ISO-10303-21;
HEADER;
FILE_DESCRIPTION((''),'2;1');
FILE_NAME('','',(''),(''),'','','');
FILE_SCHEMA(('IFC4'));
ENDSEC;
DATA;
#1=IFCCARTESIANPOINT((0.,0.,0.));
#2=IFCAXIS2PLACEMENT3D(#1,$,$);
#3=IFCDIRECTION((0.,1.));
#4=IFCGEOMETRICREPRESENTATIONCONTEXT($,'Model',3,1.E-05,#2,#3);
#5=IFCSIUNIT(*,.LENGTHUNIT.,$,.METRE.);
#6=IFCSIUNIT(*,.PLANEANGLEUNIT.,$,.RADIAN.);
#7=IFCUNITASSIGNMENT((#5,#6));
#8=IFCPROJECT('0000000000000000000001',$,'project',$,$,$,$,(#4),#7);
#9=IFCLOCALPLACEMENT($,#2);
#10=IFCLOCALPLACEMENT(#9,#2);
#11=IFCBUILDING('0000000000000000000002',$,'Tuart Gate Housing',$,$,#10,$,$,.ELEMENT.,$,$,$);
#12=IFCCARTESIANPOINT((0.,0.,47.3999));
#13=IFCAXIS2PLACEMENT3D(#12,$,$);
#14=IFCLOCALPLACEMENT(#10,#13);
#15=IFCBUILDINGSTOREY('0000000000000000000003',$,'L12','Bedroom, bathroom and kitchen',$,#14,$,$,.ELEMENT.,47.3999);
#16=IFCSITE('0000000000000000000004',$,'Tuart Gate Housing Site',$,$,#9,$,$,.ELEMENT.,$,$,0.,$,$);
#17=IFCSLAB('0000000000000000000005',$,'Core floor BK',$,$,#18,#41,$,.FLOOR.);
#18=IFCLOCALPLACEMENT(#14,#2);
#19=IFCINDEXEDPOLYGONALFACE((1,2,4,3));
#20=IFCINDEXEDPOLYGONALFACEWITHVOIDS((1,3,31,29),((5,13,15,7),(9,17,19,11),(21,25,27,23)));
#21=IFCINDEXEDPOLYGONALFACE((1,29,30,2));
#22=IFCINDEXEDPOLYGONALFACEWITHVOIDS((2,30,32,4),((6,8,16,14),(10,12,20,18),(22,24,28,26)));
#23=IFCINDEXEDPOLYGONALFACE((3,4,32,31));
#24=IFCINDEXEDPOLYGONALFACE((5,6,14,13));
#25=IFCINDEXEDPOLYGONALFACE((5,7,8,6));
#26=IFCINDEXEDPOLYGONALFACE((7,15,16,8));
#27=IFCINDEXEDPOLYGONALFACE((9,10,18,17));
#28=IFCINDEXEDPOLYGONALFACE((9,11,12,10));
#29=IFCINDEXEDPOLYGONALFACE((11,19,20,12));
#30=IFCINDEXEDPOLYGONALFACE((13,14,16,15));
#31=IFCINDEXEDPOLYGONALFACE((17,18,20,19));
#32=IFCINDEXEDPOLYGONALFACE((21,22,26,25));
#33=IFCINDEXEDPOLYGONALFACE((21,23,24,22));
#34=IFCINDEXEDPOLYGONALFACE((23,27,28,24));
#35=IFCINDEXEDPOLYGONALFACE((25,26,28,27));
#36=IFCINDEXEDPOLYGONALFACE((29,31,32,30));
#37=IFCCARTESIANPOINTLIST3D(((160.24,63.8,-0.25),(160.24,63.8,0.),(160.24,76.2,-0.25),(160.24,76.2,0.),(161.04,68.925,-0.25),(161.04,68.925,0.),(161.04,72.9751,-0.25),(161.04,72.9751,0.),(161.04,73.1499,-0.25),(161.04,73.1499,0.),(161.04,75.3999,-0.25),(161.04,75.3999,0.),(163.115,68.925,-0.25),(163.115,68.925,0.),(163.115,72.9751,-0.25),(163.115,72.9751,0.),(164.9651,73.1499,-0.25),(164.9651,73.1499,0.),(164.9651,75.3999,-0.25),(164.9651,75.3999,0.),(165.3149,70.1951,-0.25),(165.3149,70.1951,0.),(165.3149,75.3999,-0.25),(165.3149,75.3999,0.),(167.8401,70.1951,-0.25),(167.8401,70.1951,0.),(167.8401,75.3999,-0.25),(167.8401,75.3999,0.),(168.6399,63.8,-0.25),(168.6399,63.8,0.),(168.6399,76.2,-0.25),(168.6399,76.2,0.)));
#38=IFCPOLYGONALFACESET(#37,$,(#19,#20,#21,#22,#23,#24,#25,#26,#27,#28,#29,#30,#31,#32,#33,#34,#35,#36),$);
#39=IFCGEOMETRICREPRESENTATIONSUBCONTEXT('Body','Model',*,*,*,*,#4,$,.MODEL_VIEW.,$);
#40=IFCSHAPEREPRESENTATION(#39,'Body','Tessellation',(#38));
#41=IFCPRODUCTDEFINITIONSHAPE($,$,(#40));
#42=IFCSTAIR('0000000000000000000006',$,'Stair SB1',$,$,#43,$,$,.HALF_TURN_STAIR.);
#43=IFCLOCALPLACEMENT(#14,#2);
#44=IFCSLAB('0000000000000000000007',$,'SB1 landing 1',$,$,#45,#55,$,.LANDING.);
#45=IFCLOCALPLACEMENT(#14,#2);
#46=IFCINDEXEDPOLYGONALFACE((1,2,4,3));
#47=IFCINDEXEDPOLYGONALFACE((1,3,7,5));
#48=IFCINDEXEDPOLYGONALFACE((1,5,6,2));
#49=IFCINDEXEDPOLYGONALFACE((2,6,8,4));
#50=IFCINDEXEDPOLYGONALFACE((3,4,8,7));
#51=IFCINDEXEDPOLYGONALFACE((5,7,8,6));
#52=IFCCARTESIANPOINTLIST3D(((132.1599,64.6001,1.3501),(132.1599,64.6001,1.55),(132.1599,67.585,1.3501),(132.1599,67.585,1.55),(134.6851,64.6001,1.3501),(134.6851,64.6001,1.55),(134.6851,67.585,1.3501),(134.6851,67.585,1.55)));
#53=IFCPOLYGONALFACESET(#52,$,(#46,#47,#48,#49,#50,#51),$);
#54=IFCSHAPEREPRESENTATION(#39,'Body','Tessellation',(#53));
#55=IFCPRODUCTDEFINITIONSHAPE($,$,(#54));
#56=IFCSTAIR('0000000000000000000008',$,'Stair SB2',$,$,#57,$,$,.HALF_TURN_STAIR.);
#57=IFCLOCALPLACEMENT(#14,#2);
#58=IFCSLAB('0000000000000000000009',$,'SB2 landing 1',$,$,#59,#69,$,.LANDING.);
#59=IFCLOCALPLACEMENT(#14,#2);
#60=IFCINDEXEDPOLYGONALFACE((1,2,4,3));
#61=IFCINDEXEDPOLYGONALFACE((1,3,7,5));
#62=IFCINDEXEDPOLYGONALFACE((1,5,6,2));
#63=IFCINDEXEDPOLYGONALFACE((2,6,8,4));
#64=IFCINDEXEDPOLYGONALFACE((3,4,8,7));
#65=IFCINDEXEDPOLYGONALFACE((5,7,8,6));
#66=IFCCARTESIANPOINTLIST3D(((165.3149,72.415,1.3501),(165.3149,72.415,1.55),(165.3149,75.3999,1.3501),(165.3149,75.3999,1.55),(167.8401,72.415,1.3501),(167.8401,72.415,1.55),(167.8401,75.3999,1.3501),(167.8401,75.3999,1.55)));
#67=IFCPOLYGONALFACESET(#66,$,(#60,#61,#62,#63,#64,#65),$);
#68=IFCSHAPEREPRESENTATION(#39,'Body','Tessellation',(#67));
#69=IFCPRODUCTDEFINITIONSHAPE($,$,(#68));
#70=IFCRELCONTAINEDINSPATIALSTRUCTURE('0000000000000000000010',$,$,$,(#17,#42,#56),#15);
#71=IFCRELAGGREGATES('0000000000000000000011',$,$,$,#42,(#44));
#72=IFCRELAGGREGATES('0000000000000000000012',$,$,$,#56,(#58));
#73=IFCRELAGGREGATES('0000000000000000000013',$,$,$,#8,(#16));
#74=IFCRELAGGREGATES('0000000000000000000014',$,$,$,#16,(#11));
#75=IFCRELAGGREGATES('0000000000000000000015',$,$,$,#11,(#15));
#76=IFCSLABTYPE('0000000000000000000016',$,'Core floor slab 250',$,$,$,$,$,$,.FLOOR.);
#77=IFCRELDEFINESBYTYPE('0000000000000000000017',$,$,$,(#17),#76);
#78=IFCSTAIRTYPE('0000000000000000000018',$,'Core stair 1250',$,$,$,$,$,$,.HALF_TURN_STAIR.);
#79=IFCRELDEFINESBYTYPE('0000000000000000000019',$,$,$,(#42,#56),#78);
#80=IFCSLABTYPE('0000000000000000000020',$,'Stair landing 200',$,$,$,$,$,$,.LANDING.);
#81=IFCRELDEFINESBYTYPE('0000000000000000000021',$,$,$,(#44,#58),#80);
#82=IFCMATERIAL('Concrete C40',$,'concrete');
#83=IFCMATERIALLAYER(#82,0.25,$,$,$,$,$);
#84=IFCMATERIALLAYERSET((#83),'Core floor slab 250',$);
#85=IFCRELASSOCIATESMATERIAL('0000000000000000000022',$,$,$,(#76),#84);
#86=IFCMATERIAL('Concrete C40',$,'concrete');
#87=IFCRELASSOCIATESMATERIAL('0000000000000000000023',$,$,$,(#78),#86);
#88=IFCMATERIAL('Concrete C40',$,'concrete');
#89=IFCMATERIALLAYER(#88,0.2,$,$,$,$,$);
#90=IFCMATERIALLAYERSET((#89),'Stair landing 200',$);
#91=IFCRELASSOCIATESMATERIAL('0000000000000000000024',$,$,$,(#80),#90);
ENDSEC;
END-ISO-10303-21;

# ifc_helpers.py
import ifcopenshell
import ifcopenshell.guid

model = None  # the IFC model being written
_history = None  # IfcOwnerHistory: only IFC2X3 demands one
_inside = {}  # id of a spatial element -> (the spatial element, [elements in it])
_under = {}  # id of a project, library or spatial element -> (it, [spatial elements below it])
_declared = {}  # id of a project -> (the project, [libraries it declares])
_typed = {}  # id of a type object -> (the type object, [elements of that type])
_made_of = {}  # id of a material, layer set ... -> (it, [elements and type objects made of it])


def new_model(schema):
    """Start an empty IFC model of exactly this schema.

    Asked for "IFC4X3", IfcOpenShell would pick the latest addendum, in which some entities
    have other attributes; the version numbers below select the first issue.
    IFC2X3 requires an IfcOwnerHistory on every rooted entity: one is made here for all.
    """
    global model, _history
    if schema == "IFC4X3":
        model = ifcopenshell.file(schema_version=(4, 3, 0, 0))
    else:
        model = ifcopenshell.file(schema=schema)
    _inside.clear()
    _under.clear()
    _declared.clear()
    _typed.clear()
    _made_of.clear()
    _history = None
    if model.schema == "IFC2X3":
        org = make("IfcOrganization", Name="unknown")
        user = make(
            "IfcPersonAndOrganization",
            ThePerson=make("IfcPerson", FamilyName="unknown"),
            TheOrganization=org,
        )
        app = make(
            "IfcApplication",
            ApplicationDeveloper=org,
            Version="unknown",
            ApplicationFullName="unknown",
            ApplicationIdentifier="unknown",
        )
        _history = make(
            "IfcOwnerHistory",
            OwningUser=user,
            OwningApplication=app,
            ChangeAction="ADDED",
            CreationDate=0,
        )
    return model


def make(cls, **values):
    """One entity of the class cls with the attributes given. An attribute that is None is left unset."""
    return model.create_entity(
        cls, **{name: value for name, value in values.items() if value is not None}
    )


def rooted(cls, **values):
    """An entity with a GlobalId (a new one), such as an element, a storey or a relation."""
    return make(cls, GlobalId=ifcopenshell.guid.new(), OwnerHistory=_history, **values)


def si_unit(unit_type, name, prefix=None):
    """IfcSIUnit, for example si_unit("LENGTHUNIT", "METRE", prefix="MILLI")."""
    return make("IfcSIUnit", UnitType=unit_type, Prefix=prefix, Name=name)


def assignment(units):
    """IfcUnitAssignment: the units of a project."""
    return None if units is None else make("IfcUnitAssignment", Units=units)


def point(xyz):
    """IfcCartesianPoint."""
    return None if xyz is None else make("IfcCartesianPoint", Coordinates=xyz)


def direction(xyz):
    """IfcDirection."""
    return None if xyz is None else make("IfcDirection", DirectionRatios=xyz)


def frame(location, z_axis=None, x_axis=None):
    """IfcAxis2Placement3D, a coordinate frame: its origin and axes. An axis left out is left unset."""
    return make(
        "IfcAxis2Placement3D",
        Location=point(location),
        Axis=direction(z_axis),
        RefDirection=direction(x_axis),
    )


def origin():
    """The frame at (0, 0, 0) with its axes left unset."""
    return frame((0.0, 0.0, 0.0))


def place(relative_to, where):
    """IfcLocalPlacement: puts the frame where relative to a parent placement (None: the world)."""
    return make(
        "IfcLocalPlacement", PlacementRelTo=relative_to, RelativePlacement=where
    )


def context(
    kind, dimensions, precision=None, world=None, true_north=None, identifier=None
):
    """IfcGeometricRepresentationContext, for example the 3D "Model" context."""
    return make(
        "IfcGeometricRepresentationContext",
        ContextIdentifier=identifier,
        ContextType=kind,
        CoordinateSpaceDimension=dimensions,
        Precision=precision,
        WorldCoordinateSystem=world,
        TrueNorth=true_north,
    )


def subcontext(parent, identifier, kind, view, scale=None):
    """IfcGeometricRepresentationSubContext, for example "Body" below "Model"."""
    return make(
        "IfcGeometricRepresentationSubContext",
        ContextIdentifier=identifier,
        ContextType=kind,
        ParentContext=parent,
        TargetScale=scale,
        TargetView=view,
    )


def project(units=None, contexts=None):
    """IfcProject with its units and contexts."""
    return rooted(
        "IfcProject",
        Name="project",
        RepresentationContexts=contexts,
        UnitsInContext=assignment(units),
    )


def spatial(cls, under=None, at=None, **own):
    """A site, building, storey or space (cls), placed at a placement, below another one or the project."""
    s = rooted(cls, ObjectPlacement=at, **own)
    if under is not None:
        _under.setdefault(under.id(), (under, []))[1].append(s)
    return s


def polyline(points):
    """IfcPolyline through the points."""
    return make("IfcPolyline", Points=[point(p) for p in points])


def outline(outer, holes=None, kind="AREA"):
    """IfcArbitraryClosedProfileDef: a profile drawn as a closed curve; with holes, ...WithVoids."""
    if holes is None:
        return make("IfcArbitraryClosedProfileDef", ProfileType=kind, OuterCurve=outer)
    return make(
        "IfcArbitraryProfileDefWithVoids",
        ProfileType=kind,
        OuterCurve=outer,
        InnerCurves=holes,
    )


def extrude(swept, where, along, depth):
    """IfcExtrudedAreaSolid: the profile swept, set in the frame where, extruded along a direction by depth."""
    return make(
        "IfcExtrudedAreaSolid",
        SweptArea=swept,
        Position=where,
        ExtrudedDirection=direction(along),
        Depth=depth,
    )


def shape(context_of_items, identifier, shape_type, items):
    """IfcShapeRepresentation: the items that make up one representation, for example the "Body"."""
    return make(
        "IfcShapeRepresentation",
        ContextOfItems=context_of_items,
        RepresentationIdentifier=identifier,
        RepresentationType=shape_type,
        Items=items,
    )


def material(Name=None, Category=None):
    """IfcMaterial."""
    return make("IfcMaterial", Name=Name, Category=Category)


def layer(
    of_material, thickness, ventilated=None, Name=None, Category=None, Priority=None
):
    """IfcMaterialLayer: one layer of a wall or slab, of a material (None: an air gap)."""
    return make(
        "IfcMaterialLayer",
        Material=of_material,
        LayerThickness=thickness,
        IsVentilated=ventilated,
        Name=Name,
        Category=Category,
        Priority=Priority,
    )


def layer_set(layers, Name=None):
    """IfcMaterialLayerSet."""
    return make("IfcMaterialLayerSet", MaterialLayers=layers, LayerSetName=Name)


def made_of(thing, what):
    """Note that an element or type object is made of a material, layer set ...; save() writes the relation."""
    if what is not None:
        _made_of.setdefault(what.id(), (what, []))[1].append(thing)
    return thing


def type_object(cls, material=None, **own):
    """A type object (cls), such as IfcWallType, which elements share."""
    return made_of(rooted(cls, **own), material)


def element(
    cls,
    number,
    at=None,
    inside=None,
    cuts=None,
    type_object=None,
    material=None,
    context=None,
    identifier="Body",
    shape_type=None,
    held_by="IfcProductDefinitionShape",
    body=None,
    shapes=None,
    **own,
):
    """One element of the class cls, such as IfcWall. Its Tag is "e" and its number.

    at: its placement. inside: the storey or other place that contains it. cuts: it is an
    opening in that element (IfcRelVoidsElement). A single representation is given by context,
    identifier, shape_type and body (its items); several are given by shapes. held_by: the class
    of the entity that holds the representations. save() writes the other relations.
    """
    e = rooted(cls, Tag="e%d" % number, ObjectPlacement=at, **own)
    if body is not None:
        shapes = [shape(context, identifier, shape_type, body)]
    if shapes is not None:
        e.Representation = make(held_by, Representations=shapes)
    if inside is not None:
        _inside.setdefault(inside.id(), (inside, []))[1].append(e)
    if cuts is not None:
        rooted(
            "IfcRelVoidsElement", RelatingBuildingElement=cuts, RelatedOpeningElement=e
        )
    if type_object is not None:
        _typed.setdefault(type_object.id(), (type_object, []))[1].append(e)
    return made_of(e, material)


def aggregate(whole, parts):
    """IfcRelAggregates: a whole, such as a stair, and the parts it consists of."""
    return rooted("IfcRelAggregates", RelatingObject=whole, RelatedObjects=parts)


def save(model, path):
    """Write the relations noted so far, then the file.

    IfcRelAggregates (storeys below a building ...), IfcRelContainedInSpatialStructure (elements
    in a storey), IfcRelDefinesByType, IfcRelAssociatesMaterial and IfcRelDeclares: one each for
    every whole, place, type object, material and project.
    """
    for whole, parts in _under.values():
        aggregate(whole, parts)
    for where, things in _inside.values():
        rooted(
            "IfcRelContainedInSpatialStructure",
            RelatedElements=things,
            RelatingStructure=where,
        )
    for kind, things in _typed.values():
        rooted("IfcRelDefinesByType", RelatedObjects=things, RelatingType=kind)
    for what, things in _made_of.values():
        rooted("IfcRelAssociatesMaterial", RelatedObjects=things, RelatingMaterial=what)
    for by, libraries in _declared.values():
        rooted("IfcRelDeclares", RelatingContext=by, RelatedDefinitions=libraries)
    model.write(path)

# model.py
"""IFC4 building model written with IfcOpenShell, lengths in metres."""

from ifc_helpers import new_model, si_unit, direction, frame, origin, place, context, subcontext, project, spatial, polyline, outline, extrude, material, layer, layer_set, type_object, element, aggregate, save


model = new_model("IFC4")

# Units and contexts
model_context = context("Model", 3, precision=1e-05, world=origin(), true_north=direction((0.0, 1.0)))
body_context = subcontext(model_context, "Body", "Model", "MODEL_VIEW")
ifc_project = project(units=[si_unit("LENGTHUNIT", "METRE"), si_unit("PLANEANGLEUNIT", "RADIAN")], contexts=[model_context])

# Site, building, storey
site_placement = place(None, origin())
site = spatial("IfcSite", under=ifc_project, at=site_placement, Name="Tuart Gate Housing Site", CompositionType="ELEMENT", RefElevation=0.0)
building_placement = place(site_placement, origin())
building = spatial("IfcBuilding", under=site, at=building_placement, Name="Tuart Gate Housing", CompositionType="ELEMENT")
storey_placement = place(building_placement, frame((0.0, 0.0, 47.3999)))
storey = spatial("IfcBuildingStorey", under=building, at=storey_placement, Name="L12", Description="Bedroom, bathroom and kitchen", CompositionType="ELEMENT", Elevation=47.3999)

# Slab
ifc_material_1 = material(Name="Concrete C40", Category="concrete")
ifc_layer_1 = layer(ifc_material_1, 0.25)
ifc_layer_set_1 = layer_set([ifc_layer_1], Name="Core floor slab 250")
slab_type_1 = type_object("IfcSlabType", Name="Core floor slab 250", PredefinedType="FLOOR", material=ifc_layer_set_1)
slab_1_placement = place(storey_placement, frame((0.0, 0.0, -0.25)))
element("IfcSlab", 1, at=slab_1_placement, inside=storey, type_object=slab_type_1, Name="Core floor BK", PredefinedType="FLOOR", context=body_context, shape_type="SweptSolid", body=[
    extrude(outline(polyline([(160.24, 63.8), (168.6399, 63.8), (168.6399, 76.2), (160.24, 76.2), (160.24, 63.8)]), holes=[polyline([(161.04, 73.1499), (164.9651, 73.1499), (164.9651, 75.3999), (161.04, 75.3999), (161.04, 73.1499)]), polyline([(161.04, 68.925), (163.115, 68.925), (163.115, 72.9751), (161.04, 72.9751), (161.04, 68.925)]), polyline([(165.3149, 70.1951), (167.8401, 70.1951), (167.8401, 75.3999), (165.3149, 75.3999), (165.3149, 70.1951)])]), origin(), (0.0, 0.0, 1.0), 0.25),
])

# Stairs, slabs
ifc_material_2 = material(Name="Concrete C40", Category="concrete")
stair_type = type_object("IfcStairType", Name="Core stair 1250", PredefinedType="HALF_TURN_STAIR", material=ifc_material_2)
stair_1_placement = place(storey_placement, origin())
stair_1 = element("IfcStair", 2, at=stair_1_placement, inside=storey, type_object=stair_type, Name="Stair SB1", PredefinedType="HALF_TURN_STAIR")
ifc_material_3 = material(Name="Concrete C40", Category="concrete")
ifc_layer_2 = layer(ifc_material_3, 0.2)
ifc_layer_set_2 = layer_set([ifc_layer_2], Name="Stair landing 200")
slab_type_2 = type_object("IfcSlabType", Name="Stair landing 200", PredefinedType="LANDING", material=ifc_layer_set_2)
slab_2_placement = place(storey_placement, frame((0.0, 0.0, 1.3501)))
slab_2 = element("IfcSlab", 3, at=slab_2_placement, type_object=slab_type_2, Name="SB1 landing 1", PredefinedType="LANDING", context=body_context, shape_type="SweptSolid", body=[
    extrude(outline(polyline([(134.6851, 67.585), (132.1599, 67.585), (132.1599, 64.6001), (134.6851, 64.6001), (134.6851, 67.585)])), origin(), (0.0, 0.0, 1.0), 0.2),
])
aggregate(stair_1, [slab_2])
stair_2_placement = place(storey_placement, origin())
stair_2 = element("IfcStair", 4, at=stair_2_placement, inside=storey, type_object=stair_type, Name="Stair SB2", PredefinedType="HALF_TURN_STAIR")
slab_3_placement = place(storey_placement, frame((0.0, 0.0, 1.3501)))
slab_3 = element("IfcSlab", 5, at=slab_3_placement, type_object=slab_type_2, Name="SB2 landing 1", PredefinedType="LANDING", context=body_context, shape_type="SweptSolid", body=[
    extrude(outline(polyline([(165.3149, 72.415), (167.8401, 72.415), (167.8401, 75.3999), (165.3149, 75.3999), (165.3149, 72.415)])), origin(), (0.0, 0.0, 1.0), 0.2),
])
aggregate(stair_2, [slab_3])

save(model, "model.ifc")
